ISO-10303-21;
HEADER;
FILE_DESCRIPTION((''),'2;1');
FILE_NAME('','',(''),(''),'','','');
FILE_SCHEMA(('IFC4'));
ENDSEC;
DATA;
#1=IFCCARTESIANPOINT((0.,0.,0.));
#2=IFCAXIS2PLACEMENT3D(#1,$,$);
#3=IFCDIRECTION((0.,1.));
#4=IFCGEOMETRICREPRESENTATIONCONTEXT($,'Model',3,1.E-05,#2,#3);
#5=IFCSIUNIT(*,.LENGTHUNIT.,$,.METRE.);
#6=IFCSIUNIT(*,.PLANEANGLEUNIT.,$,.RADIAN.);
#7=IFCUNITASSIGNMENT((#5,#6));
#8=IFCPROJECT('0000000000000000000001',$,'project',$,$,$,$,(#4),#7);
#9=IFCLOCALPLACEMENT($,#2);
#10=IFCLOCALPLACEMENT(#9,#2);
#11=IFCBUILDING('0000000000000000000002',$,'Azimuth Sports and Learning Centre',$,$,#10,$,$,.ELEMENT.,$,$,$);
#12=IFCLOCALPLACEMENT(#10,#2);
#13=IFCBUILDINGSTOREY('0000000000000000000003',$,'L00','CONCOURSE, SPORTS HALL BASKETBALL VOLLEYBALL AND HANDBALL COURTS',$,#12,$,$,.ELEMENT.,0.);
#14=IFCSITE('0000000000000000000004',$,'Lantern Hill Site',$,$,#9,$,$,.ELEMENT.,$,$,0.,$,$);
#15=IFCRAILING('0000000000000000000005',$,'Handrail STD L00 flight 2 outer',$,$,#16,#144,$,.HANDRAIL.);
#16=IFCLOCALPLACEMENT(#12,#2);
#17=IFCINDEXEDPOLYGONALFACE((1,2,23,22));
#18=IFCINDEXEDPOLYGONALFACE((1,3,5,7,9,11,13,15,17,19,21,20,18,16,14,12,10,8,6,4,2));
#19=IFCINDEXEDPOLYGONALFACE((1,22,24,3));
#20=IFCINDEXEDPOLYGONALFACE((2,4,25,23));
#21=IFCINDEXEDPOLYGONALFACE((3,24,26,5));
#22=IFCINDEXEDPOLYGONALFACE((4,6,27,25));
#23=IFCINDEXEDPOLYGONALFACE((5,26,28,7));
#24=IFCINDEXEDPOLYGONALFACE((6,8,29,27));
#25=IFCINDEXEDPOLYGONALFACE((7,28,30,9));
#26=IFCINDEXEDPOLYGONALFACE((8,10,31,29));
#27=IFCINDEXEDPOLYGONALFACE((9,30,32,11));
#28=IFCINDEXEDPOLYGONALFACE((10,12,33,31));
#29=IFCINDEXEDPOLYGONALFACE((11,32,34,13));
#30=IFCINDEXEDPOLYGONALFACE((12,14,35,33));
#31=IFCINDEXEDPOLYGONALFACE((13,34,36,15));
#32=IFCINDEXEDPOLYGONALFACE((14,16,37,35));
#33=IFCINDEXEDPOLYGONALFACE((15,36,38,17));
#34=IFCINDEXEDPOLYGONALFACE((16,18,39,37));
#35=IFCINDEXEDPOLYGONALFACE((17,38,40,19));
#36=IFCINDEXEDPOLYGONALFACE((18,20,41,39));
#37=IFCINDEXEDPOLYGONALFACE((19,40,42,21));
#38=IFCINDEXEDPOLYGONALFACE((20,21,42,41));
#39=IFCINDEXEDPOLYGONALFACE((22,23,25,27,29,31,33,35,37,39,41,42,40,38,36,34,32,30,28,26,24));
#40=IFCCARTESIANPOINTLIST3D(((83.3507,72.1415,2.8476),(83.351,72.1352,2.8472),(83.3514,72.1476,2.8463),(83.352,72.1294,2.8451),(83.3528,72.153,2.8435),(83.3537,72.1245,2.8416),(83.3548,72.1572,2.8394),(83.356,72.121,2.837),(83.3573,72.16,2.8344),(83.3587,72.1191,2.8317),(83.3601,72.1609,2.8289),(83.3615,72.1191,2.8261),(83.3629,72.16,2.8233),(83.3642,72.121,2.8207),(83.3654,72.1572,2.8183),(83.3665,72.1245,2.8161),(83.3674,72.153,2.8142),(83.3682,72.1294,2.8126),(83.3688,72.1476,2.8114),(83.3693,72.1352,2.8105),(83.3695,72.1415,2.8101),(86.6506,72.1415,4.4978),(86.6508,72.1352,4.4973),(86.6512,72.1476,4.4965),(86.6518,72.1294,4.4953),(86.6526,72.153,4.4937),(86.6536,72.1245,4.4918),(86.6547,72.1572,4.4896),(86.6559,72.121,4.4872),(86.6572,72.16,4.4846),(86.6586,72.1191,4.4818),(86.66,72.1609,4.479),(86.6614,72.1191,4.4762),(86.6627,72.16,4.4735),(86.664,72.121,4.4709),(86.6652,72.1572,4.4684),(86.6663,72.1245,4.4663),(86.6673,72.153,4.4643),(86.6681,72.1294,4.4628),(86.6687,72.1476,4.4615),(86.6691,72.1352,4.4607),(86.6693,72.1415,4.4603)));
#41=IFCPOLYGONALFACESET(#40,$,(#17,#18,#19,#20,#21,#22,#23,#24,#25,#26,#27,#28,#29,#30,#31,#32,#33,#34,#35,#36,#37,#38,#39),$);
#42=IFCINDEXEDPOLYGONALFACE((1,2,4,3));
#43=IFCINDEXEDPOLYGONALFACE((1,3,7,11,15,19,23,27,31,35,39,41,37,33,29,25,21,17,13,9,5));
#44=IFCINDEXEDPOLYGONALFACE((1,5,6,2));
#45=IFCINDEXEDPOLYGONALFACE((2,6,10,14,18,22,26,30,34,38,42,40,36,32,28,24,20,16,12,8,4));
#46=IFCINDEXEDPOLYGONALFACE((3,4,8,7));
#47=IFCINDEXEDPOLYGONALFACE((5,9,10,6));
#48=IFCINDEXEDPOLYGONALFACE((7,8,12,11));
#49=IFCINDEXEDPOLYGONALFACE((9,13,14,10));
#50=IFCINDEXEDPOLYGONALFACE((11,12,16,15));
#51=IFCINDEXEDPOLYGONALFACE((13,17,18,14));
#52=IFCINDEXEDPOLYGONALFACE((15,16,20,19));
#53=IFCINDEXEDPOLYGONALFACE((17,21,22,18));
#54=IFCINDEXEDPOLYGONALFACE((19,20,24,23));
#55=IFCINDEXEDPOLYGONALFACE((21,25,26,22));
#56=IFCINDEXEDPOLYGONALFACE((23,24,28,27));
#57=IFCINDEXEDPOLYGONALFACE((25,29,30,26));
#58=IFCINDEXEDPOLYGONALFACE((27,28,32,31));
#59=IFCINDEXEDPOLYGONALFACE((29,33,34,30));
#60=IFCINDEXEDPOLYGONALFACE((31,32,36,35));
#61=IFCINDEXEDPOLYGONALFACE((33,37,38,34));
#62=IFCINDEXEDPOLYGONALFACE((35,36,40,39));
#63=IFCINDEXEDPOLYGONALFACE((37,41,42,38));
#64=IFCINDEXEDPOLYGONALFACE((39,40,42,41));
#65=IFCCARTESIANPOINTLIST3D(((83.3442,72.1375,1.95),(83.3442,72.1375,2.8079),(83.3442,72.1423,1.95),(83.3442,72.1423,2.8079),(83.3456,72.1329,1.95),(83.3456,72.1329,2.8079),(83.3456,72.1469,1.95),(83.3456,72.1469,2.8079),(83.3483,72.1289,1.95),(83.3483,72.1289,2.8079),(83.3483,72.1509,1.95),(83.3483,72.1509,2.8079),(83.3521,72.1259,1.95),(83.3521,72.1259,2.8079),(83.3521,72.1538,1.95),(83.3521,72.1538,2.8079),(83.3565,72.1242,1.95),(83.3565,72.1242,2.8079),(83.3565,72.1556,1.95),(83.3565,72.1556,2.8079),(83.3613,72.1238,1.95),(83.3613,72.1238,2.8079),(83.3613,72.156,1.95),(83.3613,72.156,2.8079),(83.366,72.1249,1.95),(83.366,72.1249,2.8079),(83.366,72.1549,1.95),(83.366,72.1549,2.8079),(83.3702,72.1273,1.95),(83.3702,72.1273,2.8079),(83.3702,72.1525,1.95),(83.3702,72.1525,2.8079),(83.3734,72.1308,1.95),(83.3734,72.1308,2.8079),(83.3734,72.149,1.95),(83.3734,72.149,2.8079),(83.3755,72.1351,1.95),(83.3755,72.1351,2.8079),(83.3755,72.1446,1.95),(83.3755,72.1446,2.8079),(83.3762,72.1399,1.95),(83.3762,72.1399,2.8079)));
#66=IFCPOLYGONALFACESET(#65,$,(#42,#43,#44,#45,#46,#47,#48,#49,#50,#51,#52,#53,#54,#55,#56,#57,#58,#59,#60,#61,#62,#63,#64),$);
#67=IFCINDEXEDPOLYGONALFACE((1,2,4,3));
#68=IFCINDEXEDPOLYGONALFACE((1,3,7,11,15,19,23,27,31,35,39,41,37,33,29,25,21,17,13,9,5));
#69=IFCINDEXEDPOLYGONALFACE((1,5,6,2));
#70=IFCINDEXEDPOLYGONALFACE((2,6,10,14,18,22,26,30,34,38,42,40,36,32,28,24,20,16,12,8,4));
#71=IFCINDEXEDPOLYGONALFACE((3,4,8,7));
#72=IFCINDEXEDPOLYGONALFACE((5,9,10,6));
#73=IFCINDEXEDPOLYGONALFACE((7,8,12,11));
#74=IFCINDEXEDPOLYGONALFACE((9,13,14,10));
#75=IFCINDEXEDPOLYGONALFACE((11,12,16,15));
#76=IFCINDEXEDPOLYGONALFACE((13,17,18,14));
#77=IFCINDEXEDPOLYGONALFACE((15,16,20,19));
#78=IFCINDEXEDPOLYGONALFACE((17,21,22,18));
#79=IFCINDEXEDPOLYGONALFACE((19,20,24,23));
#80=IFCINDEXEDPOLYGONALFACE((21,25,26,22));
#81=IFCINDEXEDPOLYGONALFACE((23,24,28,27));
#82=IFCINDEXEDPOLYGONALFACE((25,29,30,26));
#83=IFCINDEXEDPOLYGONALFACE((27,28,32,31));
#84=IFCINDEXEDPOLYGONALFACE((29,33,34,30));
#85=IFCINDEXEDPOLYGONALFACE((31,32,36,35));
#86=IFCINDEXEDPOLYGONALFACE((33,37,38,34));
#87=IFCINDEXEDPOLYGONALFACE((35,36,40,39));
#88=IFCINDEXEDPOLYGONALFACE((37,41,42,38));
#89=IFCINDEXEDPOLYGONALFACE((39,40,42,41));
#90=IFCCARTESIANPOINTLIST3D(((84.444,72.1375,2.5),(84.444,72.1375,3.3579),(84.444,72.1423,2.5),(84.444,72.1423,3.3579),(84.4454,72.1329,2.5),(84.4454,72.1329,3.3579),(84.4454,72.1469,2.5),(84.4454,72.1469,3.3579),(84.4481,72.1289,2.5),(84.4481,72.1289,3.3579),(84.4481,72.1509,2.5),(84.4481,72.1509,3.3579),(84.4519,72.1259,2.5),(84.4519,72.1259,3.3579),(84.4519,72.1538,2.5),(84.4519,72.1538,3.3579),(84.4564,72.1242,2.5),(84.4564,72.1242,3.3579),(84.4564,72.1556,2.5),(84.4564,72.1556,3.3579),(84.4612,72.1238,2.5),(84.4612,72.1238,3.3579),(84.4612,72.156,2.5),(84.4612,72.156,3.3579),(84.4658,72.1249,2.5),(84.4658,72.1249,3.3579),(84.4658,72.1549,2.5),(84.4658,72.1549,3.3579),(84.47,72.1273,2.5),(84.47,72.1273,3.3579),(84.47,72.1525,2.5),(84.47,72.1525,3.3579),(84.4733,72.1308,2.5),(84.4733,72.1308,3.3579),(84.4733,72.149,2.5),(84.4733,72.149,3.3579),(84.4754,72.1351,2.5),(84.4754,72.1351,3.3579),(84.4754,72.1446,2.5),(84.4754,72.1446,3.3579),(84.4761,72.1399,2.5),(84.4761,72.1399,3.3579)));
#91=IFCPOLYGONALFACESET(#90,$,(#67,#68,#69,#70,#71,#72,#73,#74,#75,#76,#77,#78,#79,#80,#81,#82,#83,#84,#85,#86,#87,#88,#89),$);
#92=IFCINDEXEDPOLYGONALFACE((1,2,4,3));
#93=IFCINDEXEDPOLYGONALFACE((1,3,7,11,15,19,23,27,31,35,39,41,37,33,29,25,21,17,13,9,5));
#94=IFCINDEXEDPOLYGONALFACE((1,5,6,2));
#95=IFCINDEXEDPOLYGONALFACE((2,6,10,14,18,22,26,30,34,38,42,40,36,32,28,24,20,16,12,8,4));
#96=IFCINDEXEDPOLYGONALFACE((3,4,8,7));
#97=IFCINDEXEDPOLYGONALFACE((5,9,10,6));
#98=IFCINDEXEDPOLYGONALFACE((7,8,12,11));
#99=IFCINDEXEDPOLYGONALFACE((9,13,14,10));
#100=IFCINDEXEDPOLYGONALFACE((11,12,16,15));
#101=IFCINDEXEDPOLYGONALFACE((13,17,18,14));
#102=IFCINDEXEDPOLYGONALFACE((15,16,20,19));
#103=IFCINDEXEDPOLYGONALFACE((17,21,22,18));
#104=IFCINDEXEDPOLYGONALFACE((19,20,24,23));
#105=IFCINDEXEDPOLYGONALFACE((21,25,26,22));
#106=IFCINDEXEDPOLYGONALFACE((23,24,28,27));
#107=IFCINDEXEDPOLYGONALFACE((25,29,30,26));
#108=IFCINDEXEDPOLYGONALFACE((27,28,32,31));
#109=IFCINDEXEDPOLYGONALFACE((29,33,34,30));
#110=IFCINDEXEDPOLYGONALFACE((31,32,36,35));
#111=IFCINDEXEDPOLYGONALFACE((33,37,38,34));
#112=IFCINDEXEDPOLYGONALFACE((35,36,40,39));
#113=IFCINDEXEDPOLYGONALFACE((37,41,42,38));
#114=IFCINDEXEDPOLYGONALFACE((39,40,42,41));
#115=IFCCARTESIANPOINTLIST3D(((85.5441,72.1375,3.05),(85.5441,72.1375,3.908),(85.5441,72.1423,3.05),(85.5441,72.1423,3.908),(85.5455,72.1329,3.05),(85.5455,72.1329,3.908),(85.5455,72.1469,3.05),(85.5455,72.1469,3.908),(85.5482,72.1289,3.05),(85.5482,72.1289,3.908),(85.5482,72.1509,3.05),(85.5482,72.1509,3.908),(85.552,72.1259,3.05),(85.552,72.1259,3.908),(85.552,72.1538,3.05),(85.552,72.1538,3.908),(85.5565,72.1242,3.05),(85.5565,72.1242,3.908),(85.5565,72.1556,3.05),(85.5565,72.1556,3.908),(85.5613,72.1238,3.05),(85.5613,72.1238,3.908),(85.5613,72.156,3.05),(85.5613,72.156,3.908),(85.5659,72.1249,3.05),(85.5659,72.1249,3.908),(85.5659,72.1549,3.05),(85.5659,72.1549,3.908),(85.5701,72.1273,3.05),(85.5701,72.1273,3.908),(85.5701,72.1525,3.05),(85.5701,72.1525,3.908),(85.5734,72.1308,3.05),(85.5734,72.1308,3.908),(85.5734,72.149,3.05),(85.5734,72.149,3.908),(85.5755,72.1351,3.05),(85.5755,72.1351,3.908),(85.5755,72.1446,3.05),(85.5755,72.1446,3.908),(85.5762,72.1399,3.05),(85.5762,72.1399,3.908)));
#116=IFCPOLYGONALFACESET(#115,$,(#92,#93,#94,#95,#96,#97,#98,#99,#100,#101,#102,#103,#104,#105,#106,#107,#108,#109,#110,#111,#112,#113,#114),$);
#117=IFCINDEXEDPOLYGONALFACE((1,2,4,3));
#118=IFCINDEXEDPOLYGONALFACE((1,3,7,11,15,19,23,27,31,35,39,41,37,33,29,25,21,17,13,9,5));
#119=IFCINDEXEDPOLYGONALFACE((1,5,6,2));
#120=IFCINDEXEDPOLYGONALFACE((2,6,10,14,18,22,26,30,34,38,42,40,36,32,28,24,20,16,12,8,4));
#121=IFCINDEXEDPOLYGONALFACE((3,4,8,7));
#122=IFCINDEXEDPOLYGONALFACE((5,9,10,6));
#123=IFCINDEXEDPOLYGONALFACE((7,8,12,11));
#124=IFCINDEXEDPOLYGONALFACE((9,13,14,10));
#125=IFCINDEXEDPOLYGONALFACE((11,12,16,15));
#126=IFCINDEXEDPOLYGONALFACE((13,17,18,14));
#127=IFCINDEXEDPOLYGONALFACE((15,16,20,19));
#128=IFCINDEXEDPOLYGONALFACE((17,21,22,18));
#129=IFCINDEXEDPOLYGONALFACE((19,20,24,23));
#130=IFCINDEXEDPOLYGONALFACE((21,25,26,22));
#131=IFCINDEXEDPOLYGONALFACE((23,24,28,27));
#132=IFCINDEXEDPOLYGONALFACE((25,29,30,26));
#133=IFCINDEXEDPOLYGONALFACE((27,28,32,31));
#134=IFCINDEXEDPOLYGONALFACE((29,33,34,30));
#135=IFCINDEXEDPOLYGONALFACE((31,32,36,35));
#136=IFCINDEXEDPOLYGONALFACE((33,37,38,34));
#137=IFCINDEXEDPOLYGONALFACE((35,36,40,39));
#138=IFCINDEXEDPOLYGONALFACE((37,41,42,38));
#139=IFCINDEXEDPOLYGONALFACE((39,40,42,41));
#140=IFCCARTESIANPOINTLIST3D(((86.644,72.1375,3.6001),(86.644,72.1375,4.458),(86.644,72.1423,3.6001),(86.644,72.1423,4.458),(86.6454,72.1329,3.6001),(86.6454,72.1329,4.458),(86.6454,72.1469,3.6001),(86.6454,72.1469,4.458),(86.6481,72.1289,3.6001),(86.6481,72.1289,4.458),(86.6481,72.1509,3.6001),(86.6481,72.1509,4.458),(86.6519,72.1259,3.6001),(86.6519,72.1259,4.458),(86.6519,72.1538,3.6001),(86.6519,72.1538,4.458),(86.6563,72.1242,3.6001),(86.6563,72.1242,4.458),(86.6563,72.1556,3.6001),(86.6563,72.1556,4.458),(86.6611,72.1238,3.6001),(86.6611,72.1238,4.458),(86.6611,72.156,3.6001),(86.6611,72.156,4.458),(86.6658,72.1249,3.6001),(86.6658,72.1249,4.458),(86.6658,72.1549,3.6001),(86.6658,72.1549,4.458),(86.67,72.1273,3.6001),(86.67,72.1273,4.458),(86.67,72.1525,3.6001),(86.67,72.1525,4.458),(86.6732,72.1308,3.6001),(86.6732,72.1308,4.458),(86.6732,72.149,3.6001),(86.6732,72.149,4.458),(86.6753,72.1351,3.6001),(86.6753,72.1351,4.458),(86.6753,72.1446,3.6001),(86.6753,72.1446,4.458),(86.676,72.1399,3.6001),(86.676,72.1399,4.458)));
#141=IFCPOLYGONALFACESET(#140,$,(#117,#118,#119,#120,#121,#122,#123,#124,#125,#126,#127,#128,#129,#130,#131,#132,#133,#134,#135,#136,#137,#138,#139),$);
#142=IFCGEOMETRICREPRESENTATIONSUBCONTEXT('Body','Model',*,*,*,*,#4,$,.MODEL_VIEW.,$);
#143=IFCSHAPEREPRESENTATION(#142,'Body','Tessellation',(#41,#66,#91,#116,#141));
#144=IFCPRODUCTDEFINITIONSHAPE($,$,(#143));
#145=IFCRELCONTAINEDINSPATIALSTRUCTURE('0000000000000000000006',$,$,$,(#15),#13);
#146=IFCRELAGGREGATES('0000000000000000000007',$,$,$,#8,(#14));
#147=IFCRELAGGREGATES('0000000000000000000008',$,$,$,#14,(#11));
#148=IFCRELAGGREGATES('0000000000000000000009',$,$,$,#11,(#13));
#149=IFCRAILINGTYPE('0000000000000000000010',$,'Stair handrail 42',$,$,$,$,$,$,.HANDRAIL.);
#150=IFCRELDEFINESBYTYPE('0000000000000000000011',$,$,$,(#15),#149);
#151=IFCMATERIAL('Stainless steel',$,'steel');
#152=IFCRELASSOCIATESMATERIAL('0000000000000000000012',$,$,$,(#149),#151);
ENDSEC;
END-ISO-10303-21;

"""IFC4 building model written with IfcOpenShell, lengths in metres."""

from ifc_helpers import new_model, si_unit, direction, frame, origin, origin_2d, place, context, subcontext, project, spatial, circle, extrude, material, type_object, element, save


model = new_model("IFC4")

# Units and contexts
model_context = context("Model", 3, precision=1e-05, world=origin(), true_north=direction((0.0, 1.0)))
body_context = subcontext(model_context, "Body", "Model", "MODEL_VIEW")
ifc_project = project(units=[si_unit("LENGTHUNIT", "METRE"), si_unit("PLANEANGLEUNIT", "RADIAN")], contexts=[model_context])

# Site, building, storey
site_placement = place(None, origin())
site = spatial("IfcSite", under=ifc_project, at=site_placement, Name="Lantern Hill Site", CompositionType="ELEMENT", RefElevation=0.0)
building_placement = place(site_placement, origin())
building = spatial("IfcBuilding", under=site, at=building_placement, Name="Azimuth Sports and Learning Centre", CompositionType="ELEMENT")
storey_placement = place(building_placement, origin())
storey = spatial("IfcBuildingStorey", under=building, at=storey_placement, Name="L00", Description="CONCOURSE, SPORTS HALL BASKETBALL VOLLEYBALL AND HANDBALL COURTS", CompositionType="ELEMENT", Elevation=0.0)

# Railing
ifc_material_1 = material(Name="Stainless steel", Category="steel")
railing_type = type_object("IfcRailingType", Name="Stair handrail 42", PredefinedType="HANDRAIL", material=ifc_material_1)
railing_placement = place(storey_placement, frame((83.3601, 72.1399, 1.95)))
element("IfcRailing", 1, at=railing_placement, inside=storey, type_object=railing_type, Name="Handrail STD L00 flight 2 outer", PredefinedType="HANDRAIL", context=body_context, shape_type="SweptSolid", body=[
    extrude(circle(Radius=0.021, at=origin_2d()), frame((0.0, 0.0, 0.8789), z_axis=(0.894401, 0.0, 0.447267), x_axis=(0.0, 1.0, 0.0)), (0.0, 0.0, 1.0), 3.6895),
    extrude(circle(Radius=0.0161, at=origin_2d()), origin(), (0.0, 0.0, 1.0), 0.8579),
    extrude(circle(Radius=0.0161, at=origin_2d()), frame((1.0999, 0.0, 0.55)), (0.0, 0.0, 1.0), 0.8579),
    extrude(circle(Radius=0.0161, at=origin_2d()), frame((2.2, 0.0, 1.1001)), (0.0, 0.0, 1.0), 0.8579),
    extrude(circle(Radius=0.0161, at=origin_2d()), frame((3.2998, 0.0, 1.6501)), (0.0, 0.0, 1.0), 0.8579),
])

save(model, "model.ifc")
